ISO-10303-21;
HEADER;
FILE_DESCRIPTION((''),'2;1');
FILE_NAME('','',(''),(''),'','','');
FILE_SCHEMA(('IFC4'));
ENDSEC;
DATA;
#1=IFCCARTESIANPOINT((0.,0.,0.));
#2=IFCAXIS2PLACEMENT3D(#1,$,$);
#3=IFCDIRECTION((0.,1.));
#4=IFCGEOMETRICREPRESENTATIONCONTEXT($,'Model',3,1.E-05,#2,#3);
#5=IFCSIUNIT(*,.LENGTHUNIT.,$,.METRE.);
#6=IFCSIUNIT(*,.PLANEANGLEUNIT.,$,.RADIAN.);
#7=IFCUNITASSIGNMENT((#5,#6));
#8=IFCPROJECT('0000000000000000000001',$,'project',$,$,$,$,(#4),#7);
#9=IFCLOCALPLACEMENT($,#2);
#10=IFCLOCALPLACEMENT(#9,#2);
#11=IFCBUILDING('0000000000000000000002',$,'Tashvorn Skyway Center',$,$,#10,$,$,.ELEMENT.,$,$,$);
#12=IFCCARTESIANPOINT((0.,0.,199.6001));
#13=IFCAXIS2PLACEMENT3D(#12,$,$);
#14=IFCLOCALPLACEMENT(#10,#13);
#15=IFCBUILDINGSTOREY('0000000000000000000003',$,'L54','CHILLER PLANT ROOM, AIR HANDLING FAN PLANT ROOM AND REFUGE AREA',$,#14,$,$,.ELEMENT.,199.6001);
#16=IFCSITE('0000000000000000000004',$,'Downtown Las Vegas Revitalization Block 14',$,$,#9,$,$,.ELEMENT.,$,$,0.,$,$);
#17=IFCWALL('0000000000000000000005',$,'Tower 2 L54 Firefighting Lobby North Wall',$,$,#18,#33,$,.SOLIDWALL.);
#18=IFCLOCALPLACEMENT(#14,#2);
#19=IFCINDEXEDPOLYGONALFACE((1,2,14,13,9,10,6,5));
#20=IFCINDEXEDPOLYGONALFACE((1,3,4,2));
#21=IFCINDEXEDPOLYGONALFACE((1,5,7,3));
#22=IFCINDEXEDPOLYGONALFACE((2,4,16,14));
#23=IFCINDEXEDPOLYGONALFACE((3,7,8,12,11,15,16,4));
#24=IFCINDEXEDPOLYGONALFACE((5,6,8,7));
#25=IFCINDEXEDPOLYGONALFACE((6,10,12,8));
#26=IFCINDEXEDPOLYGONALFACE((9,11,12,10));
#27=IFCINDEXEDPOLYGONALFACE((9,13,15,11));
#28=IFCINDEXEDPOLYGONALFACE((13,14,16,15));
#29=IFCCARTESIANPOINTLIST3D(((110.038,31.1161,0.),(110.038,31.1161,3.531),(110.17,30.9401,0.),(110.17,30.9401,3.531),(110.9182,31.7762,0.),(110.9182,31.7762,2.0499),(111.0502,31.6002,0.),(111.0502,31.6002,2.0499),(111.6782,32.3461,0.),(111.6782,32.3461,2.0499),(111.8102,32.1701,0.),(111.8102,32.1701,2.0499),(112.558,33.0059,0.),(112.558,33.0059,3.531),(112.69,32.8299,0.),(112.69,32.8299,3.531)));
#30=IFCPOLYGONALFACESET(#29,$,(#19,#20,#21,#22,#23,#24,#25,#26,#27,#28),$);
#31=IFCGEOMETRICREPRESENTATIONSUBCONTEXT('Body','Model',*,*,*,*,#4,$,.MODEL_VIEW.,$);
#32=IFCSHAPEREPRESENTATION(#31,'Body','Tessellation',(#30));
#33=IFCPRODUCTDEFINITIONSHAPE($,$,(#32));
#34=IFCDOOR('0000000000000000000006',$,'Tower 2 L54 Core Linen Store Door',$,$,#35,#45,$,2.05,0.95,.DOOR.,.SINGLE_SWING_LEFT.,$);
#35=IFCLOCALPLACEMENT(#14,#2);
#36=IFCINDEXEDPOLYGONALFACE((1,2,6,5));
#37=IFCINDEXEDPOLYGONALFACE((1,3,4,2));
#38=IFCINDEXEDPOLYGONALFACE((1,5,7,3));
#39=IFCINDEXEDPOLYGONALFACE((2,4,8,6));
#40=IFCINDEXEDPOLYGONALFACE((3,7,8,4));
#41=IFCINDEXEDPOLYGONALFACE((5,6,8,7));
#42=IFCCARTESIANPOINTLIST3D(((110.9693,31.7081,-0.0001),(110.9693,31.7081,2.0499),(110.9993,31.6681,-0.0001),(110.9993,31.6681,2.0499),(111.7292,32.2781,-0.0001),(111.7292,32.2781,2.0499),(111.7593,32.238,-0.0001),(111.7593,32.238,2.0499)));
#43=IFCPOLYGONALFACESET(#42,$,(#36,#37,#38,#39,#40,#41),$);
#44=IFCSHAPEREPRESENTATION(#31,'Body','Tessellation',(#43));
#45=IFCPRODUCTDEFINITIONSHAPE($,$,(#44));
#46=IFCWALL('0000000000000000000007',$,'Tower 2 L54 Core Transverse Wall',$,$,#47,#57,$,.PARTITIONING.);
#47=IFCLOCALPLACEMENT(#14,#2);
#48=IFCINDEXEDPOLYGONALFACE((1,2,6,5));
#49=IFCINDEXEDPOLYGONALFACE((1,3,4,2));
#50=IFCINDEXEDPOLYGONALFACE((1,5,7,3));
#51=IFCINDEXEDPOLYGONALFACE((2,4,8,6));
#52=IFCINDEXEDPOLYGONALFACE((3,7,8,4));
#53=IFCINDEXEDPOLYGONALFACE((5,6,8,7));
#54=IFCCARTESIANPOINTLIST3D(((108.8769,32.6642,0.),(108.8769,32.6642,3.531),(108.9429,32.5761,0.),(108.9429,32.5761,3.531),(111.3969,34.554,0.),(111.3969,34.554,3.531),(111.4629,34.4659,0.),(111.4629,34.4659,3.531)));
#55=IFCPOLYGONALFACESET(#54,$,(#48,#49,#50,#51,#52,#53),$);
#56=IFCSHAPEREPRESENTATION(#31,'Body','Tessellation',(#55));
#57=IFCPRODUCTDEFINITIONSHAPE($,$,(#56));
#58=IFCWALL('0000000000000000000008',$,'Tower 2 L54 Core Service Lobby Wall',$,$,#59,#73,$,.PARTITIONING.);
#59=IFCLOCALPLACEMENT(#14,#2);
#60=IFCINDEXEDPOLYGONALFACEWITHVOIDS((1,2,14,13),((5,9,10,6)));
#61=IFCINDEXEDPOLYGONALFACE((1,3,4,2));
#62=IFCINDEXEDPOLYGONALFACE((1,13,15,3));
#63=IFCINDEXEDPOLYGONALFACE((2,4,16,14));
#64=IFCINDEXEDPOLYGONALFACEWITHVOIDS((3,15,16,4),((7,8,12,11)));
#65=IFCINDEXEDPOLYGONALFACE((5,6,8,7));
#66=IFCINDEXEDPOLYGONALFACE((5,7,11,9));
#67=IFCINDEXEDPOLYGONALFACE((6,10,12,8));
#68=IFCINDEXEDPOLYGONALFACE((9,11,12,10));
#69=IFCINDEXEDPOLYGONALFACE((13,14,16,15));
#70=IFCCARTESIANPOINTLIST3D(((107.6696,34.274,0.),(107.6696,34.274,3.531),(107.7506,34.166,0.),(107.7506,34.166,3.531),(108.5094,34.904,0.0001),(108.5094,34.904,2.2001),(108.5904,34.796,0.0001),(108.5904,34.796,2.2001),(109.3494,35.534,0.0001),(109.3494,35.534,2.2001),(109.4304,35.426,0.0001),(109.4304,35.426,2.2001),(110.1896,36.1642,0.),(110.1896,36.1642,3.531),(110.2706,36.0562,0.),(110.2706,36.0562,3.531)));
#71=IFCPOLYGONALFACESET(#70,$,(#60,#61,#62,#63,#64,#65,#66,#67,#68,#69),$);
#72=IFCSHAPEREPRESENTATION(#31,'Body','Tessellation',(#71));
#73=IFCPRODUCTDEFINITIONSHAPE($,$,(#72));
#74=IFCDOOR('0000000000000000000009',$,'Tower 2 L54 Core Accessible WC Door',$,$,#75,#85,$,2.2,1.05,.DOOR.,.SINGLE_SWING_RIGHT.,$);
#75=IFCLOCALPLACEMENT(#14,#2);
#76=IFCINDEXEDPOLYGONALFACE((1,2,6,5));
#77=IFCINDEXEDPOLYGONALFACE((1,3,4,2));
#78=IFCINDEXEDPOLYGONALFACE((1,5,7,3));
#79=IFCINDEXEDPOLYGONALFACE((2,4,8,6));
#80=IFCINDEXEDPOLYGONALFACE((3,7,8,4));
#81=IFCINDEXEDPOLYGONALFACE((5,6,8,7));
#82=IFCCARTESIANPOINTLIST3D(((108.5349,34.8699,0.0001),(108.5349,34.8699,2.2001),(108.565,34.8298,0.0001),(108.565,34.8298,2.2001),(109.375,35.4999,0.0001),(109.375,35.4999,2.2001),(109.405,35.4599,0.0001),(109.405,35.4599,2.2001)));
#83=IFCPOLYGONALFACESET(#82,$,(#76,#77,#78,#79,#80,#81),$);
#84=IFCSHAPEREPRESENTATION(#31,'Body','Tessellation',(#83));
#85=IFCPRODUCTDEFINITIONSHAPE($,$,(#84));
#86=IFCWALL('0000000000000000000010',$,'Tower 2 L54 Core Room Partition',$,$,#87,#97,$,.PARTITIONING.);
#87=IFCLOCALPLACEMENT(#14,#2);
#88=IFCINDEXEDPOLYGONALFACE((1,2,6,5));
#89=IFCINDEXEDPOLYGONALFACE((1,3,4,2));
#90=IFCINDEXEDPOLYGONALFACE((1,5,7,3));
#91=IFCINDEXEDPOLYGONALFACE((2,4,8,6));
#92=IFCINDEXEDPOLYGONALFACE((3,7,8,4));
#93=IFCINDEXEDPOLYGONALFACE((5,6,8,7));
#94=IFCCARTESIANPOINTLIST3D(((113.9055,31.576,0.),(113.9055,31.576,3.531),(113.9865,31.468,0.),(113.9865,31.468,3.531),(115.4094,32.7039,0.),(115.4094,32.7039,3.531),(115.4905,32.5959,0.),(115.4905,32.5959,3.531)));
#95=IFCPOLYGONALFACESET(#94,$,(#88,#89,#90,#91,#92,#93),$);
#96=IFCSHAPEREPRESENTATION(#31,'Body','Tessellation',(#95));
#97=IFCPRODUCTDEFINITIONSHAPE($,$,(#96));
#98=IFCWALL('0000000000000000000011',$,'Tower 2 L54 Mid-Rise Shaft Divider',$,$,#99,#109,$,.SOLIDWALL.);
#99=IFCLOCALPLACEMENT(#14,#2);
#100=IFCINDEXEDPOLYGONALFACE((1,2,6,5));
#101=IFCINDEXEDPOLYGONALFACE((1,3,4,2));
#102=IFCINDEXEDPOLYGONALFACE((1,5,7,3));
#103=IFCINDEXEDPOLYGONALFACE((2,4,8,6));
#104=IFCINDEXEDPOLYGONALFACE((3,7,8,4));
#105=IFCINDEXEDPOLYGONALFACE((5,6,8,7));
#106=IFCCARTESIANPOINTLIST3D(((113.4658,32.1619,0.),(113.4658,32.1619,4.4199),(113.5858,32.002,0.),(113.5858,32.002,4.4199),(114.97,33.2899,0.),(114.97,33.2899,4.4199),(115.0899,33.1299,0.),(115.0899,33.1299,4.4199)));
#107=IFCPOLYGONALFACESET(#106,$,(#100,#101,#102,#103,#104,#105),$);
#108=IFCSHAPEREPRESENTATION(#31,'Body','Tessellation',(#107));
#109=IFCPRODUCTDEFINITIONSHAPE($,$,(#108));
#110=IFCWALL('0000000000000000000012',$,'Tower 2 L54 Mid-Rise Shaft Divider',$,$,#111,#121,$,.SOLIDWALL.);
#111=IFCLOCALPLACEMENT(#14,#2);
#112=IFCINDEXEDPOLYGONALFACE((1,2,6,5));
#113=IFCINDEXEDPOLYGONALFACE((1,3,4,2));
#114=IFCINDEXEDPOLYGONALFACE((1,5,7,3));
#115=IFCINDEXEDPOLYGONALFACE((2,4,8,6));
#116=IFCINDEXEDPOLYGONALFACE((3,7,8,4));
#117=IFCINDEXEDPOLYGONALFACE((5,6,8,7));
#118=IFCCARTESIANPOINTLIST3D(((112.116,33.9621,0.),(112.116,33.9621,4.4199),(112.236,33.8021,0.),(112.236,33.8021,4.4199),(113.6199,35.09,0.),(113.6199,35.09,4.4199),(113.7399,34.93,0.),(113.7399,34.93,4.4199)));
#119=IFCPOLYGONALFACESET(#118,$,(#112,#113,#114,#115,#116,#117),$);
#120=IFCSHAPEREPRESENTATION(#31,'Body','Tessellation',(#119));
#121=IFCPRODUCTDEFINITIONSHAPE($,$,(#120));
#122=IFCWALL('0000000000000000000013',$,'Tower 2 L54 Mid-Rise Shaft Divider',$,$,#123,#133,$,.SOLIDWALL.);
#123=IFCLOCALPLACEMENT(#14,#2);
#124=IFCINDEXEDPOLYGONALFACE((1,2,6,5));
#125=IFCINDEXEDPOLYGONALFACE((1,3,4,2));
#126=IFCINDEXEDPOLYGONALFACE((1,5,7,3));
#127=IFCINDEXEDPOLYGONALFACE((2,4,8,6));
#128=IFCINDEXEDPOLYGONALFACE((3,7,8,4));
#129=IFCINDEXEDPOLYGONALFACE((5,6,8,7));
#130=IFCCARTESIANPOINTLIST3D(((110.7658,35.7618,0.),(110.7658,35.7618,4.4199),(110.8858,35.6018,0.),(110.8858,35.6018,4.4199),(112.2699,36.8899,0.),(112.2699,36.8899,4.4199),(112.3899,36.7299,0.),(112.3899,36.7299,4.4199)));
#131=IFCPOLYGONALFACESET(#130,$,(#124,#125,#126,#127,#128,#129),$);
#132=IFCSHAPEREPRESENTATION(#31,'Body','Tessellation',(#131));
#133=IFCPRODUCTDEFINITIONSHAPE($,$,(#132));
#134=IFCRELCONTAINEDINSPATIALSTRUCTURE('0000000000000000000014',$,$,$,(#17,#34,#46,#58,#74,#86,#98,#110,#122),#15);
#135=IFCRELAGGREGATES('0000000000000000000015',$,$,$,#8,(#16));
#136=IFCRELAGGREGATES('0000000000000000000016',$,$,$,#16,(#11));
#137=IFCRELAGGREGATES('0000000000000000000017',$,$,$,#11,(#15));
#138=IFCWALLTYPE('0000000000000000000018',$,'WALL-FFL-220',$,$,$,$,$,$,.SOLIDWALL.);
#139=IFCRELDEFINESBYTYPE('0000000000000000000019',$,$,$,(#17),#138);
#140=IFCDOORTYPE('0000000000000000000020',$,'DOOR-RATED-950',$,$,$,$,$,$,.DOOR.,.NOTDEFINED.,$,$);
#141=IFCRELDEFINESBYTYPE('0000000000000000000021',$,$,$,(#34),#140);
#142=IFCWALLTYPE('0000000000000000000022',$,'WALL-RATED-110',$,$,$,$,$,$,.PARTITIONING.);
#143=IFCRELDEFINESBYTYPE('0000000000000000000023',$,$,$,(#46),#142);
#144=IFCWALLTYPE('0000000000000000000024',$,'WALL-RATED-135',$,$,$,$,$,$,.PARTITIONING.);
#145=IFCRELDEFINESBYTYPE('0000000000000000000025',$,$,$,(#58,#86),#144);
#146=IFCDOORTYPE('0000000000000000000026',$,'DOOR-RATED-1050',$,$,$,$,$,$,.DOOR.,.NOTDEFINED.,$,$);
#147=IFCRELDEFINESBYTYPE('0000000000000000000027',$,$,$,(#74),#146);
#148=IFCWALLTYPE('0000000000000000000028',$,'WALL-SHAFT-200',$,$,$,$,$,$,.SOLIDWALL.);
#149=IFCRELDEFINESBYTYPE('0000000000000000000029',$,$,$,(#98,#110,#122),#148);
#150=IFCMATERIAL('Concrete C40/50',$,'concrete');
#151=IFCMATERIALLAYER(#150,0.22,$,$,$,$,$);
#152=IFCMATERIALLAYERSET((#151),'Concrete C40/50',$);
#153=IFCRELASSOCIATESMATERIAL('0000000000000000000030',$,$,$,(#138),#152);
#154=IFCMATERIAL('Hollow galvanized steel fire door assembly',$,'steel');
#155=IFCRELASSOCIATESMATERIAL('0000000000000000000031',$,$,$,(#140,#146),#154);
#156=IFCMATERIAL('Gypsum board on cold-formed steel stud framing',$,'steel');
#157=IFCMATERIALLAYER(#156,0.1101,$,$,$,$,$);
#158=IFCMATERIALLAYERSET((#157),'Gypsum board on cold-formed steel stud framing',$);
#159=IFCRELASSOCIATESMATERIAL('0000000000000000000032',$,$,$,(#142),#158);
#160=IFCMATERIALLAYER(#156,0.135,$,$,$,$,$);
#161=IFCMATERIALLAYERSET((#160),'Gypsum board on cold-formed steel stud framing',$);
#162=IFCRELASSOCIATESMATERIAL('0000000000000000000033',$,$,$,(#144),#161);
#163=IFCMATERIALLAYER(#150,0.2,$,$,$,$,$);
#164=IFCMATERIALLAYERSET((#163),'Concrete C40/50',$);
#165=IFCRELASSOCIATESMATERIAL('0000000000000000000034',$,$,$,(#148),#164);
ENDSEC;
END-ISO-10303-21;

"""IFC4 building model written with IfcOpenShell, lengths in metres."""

from ifc_helpers import new_model, si_unit, direction, frame, frame_2d, origin, place, context, subcontext, project, spatial, rectangle, extrude, material, layer, layer_set, type_object, element, fill, save


model = new_model("IFC4")

# Units and contexts
model_context = context("Model", 3, precision=1e-05, world=origin(), true_north=direction((0.0, 1.0)))
body_context = subcontext(model_context, "Body", "Model", "MODEL_VIEW")
ifc_project = project(units=[si_unit("LENGTHUNIT", "METRE"), si_unit("PLANEANGLEUNIT", "RADIAN")], contexts=[model_context])

# Site, building, storey
site_placement = place(None, origin())
site = spatial("IfcSite", under=ifc_project, at=site_placement, Name="Downtown Las Vegas Revitalization Block 14", CompositionType="ELEMENT", RefElevation=0.0)
building_placement = place(site_placement, origin())
building = spatial("IfcBuilding", under=site, at=building_placement, Name="Tashvorn Skyway Center", CompositionType="ELEMENT")
storey_placement = place(building_placement, frame((0.0, 0.0, 199.6001)))
storey = spatial("IfcBuildingStorey", under=building, at=storey_placement, Name="L54", Description="CHILLER PLANT ROOM, AIR HANDLING FAN PLANT ROOM AND REFUGE AREA", CompositionType="ELEMENT", Elevation=199.6001)

# Wall, opening, door
ifc_material_1 = material(Name="Concrete C40/50", Category="concrete")
ifc_layer_1 = layer(ifc_material_1, 0.22)
ifc_layer_set_1 = layer_set([ifc_layer_1], Name="Concrete C40/50")
wall_type_1 = type_object("IfcWallType", Name="WALL-FFL-220", PredefinedType="SOLIDWALL", material=ifc_layer_set_1)
wall_1_placement = place(storey_placement, frame((110.104, 31.0281, 0.0), z_axis=(0.0, 0.0, 1.0), x_axis=(0.800019, 0.599975, 0.0)))
wall_1 = element("IfcWall", 1, at=wall_1_placement, inside=storey, type_object=wall_type_1, Name="Tower 2 L54 Firefighting Lobby North Wall", PredefinedType="SOLIDWALL", context=body_context, shape_type="SweptSolid", body=[
    extrude(rectangle(XDim=3.1499, YDim=0.22, at=frame_2d((1.575, 0.0))), origin(), (0.0, 0.0, 1.0), 3.531),
])
opening_1_placement = place(wall_1_placement, frame((1.1001, 0.0, 0.0)))
opening_1 = element("IfcOpeningElement", 2, at=opening_1_placement, cuts=wall_1, PredefinedType="OPENING", context=body_context, shape_type="SweptSolid", body=[
    extrude(rectangle(XDim=0.95, YDim=2.05, at=frame_2d((0.4751, 1.0249))), frame((0.0, 0.1199, 0.0), z_axis=(0.0, -1.0, 0.0), x_axis=(1.0, 0.0, 0.0)), (0.0, 0.0, 1.0), 0.24),
])
ifc_material_2 = material(Name="Hollow galvanized steel fire door assembly", Category="steel")
door_type_1 = type_object("IfcDoorType", Name="DOOR-RATED-950", OperationType="NOTDEFINED", PredefinedType="DOOR", material=ifc_material_2)
door_1_placement = place(opening_1_placement, origin())
door_1 = element("IfcDoor", 3, at=door_1_placement, inside=storey, type_object=door_type_1, Name="Tower 2 L54 Core Linen Store Door", OperationType="SINGLE_SWING_LEFT", OverallHeight=2.05, OverallWidth=0.95, PredefinedType="DOOR", context=body_context, shape_type="SweptSolid", body=[
    extrude(rectangle(XDim=0.95, YDim=2.05, at=frame_2d((0.4751, 1.0249))), frame((0.0, 0.0249, 0.0), z_axis=(0.0, -1.0, 0.0), x_axis=(1.0, 0.0, 0.0)), (0.0, 0.0, 1.0), 0.05),
])
fill(opening_1, door_1)

# Wall
ifc_material_3 = material(Name="Gypsum board on cold-formed steel stud framing", Category="steel")
ifc_layer_2 = layer(ifc_material_3, 0.1101)
ifc_layer_set_2 = layer_set([ifc_layer_2], Name="Gypsum board on cold-formed steel stud framing")
wall_type_2 = type_object("IfcWallType", Name="WALL-RATED-110", PredefinedType="PARTITIONING", material=ifc_layer_set_2)
wall_2_placement = place(storey_placement, frame((108.9099, 32.6201, 0.0), z_axis=(0.0, 0.0, 1.0), x_axis=(0.800019, 0.599975, 0.0)))
element("IfcWall", 4, at=wall_2_placement, inside=storey, type_object=wall_type_2, Name="Tower 2 L54 Core Transverse Wall", PredefinedType="PARTITIONING", context=body_context, shape_type="SweptSolid", body=[
    extrude(rectangle(XDim=3.1499, YDim=0.1101, at=frame_2d((1.575, 0.0))), origin(), (0.0, 0.0, 1.0), 3.531),
])

# Wall, opening, door
ifc_layer_3 = layer(ifc_material_3, 0.135)
ifc_layer_set_3 = layer_set([ifc_layer_3], Name="Gypsum board on cold-formed steel stud framing")
wall_type_3 = type_object("IfcWallType", Name="WALL-RATED-135", PredefinedType="PARTITIONING", material=ifc_layer_set_3)
wall_3_placement = place(storey_placement, frame((107.71, 34.22, 0.0), z_axis=(0.0, 0.0, 1.0), x_axis=(0.799981, 0.600025, 0.0)))
wall_3 = element("IfcWall", 5, at=wall_3_placement, inside=storey, type_object=wall_type_3, Name="Tower 2 L54 Core Service Lobby Wall", PredefinedType="PARTITIONING", context=body_context, shape_type="SweptSolid", body=[
    extrude(rectangle(XDim=3.1501, YDim=0.135, at=frame_2d((1.5752, 0.0))), origin(), (0.0, 0.0, 1.0), 3.531),
])
opening_2_placement = place(wall_3_placement, frame((1.05, 0.0, 0.0)))
opening_2 = element("IfcOpeningElement", 6, at=opening_2_placement, cuts=wall_3, PredefinedType="OPENING", context=body_context, shape_type="SweptSolid", body=[
    extrude(rectangle(XDim=1.05, YDim=2.2, at=frame_2d((0.5249, 1.1001))), frame((0.0, 0.0774, 0.0), z_axis=(0.0, -1.0, 0.0), x_axis=(1.0, 0.0, 0.0)), (0.0, 0.0, 1.0), 0.155),
])
door_type_2 = type_object("IfcDoorType", Name="DOOR-RATED-1050", OperationType="NOTDEFINED", PredefinedType="DOOR", material=ifc_material_2)
door_2_placement = place(opening_2_placement, origin())
door_2 = element("IfcDoor", 7, at=door_2_placement, inside=storey, type_object=door_type_2, Name="Tower 2 L54 Core Accessible WC Door", OperationType="SINGLE_SWING_RIGHT", OverallHeight=2.2, OverallWidth=1.05, PredefinedType="DOOR", context=body_context, shape_type="SweptSolid", body=[
    extrude(rectangle(XDim=1.05, YDim=2.2, at=frame_2d((0.5249, 1.1001))), frame((0.0, 0.0249, 0.0), z_axis=(0.0, -1.0, 0.0), x_axis=(1.0, 0.0, 0.0)), (0.0, 0.0, 1.0), 0.05),
])
fill(opening_2, door_2)

# Walls
wall_4_placement = place(storey_placement, frame((113.946, 31.522, 0.0), z_axis=(0.0, 0.0, 1.0), x_axis=(0.8, 0.6, 0.0)))
element("IfcWall", 8, at=wall_4_placement, inside=storey, type_object=wall_type_3, Name="Tower 2 L54 Core Room Partition", PredefinedType="PARTITIONING", context=body_context, shape_type="SweptSolid", body=[
    extrude(rectangle(XDim=1.8799, YDim=0.135, at=frame_2d((0.9399, 0.0))), origin(), (0.0, 0.0, 1.0), 3.531),
])
ifc_layer_4 = layer(ifc_material_1, 0.2)
ifc_layer_set_4 = layer_set([ifc_layer_4], Name="Concrete C40/50")
wall_type_4 = type_object("IfcWallType", Name="WALL-SHAFT-200", PredefinedType="SOLIDWALL", material=ifc_layer_set_4)
wall_5_placement = place(storey_placement, frame((113.5259, 32.082, 0.0), z_axis=(0.0, 0.0, 1.0), x_axis=(0.800047, 0.599938, 0.0)))
element("IfcWall", 9, at=wall_5_placement, inside=storey, type_object=wall_type_4, Name="Tower 2 L54 Mid-Rise Shaft Divider", PredefinedType="SOLIDWALL", context=body_context, shape_type="SweptSolid", body=[
    extrude(rectangle(XDim=1.8801, YDim=0.2, at=frame_2d((0.9399, 0.0))), origin(), (0.0, 0.0, 1.0), 4.4199),
])
wall_6_placement = place(storey_placement, frame((112.176, 33.8821, 0.0), z_axis=(0.0, 0.0, 1.0), x_axis=(0.8, 0.6, 0.0)))
element("IfcWall", 10, at=wall_6_placement, inside=storey, type_object=wall_type_4, Name="Tower 2 L54 Mid-Rise Shaft Divider", PredefinedType="SOLIDWALL", context=body_context, shape_type="SweptSolid", body=[
    extrude(rectangle(XDim=1.8799, YDim=0.2, at=frame_2d((0.9399, 0.0))), origin(), (0.0, 0.0, 1.0), 4.4199),
])
wall_7_placement = place(storey_placement, frame((110.8259, 35.6819, 0.0), z_axis=(0.0, 0.0, 1.0), x_axis=(0.799984, 0.600021, 0.0)))
element("IfcWall", 11, at=wall_7_placement, inside=storey, type_object=wall_type_4, Name="Tower 2 L54 Mid-Rise Shaft Divider", PredefinedType="SOLIDWALL", context=body_context, shape_type="SweptSolid", body=[
    extrude(rectangle(XDim=1.8801, YDim=0.2, at=frame_2d((0.9399, 0.0))), origin(), (0.0, 0.0, 1.0), 4.4199),
])

save(model, "model.ifc")
